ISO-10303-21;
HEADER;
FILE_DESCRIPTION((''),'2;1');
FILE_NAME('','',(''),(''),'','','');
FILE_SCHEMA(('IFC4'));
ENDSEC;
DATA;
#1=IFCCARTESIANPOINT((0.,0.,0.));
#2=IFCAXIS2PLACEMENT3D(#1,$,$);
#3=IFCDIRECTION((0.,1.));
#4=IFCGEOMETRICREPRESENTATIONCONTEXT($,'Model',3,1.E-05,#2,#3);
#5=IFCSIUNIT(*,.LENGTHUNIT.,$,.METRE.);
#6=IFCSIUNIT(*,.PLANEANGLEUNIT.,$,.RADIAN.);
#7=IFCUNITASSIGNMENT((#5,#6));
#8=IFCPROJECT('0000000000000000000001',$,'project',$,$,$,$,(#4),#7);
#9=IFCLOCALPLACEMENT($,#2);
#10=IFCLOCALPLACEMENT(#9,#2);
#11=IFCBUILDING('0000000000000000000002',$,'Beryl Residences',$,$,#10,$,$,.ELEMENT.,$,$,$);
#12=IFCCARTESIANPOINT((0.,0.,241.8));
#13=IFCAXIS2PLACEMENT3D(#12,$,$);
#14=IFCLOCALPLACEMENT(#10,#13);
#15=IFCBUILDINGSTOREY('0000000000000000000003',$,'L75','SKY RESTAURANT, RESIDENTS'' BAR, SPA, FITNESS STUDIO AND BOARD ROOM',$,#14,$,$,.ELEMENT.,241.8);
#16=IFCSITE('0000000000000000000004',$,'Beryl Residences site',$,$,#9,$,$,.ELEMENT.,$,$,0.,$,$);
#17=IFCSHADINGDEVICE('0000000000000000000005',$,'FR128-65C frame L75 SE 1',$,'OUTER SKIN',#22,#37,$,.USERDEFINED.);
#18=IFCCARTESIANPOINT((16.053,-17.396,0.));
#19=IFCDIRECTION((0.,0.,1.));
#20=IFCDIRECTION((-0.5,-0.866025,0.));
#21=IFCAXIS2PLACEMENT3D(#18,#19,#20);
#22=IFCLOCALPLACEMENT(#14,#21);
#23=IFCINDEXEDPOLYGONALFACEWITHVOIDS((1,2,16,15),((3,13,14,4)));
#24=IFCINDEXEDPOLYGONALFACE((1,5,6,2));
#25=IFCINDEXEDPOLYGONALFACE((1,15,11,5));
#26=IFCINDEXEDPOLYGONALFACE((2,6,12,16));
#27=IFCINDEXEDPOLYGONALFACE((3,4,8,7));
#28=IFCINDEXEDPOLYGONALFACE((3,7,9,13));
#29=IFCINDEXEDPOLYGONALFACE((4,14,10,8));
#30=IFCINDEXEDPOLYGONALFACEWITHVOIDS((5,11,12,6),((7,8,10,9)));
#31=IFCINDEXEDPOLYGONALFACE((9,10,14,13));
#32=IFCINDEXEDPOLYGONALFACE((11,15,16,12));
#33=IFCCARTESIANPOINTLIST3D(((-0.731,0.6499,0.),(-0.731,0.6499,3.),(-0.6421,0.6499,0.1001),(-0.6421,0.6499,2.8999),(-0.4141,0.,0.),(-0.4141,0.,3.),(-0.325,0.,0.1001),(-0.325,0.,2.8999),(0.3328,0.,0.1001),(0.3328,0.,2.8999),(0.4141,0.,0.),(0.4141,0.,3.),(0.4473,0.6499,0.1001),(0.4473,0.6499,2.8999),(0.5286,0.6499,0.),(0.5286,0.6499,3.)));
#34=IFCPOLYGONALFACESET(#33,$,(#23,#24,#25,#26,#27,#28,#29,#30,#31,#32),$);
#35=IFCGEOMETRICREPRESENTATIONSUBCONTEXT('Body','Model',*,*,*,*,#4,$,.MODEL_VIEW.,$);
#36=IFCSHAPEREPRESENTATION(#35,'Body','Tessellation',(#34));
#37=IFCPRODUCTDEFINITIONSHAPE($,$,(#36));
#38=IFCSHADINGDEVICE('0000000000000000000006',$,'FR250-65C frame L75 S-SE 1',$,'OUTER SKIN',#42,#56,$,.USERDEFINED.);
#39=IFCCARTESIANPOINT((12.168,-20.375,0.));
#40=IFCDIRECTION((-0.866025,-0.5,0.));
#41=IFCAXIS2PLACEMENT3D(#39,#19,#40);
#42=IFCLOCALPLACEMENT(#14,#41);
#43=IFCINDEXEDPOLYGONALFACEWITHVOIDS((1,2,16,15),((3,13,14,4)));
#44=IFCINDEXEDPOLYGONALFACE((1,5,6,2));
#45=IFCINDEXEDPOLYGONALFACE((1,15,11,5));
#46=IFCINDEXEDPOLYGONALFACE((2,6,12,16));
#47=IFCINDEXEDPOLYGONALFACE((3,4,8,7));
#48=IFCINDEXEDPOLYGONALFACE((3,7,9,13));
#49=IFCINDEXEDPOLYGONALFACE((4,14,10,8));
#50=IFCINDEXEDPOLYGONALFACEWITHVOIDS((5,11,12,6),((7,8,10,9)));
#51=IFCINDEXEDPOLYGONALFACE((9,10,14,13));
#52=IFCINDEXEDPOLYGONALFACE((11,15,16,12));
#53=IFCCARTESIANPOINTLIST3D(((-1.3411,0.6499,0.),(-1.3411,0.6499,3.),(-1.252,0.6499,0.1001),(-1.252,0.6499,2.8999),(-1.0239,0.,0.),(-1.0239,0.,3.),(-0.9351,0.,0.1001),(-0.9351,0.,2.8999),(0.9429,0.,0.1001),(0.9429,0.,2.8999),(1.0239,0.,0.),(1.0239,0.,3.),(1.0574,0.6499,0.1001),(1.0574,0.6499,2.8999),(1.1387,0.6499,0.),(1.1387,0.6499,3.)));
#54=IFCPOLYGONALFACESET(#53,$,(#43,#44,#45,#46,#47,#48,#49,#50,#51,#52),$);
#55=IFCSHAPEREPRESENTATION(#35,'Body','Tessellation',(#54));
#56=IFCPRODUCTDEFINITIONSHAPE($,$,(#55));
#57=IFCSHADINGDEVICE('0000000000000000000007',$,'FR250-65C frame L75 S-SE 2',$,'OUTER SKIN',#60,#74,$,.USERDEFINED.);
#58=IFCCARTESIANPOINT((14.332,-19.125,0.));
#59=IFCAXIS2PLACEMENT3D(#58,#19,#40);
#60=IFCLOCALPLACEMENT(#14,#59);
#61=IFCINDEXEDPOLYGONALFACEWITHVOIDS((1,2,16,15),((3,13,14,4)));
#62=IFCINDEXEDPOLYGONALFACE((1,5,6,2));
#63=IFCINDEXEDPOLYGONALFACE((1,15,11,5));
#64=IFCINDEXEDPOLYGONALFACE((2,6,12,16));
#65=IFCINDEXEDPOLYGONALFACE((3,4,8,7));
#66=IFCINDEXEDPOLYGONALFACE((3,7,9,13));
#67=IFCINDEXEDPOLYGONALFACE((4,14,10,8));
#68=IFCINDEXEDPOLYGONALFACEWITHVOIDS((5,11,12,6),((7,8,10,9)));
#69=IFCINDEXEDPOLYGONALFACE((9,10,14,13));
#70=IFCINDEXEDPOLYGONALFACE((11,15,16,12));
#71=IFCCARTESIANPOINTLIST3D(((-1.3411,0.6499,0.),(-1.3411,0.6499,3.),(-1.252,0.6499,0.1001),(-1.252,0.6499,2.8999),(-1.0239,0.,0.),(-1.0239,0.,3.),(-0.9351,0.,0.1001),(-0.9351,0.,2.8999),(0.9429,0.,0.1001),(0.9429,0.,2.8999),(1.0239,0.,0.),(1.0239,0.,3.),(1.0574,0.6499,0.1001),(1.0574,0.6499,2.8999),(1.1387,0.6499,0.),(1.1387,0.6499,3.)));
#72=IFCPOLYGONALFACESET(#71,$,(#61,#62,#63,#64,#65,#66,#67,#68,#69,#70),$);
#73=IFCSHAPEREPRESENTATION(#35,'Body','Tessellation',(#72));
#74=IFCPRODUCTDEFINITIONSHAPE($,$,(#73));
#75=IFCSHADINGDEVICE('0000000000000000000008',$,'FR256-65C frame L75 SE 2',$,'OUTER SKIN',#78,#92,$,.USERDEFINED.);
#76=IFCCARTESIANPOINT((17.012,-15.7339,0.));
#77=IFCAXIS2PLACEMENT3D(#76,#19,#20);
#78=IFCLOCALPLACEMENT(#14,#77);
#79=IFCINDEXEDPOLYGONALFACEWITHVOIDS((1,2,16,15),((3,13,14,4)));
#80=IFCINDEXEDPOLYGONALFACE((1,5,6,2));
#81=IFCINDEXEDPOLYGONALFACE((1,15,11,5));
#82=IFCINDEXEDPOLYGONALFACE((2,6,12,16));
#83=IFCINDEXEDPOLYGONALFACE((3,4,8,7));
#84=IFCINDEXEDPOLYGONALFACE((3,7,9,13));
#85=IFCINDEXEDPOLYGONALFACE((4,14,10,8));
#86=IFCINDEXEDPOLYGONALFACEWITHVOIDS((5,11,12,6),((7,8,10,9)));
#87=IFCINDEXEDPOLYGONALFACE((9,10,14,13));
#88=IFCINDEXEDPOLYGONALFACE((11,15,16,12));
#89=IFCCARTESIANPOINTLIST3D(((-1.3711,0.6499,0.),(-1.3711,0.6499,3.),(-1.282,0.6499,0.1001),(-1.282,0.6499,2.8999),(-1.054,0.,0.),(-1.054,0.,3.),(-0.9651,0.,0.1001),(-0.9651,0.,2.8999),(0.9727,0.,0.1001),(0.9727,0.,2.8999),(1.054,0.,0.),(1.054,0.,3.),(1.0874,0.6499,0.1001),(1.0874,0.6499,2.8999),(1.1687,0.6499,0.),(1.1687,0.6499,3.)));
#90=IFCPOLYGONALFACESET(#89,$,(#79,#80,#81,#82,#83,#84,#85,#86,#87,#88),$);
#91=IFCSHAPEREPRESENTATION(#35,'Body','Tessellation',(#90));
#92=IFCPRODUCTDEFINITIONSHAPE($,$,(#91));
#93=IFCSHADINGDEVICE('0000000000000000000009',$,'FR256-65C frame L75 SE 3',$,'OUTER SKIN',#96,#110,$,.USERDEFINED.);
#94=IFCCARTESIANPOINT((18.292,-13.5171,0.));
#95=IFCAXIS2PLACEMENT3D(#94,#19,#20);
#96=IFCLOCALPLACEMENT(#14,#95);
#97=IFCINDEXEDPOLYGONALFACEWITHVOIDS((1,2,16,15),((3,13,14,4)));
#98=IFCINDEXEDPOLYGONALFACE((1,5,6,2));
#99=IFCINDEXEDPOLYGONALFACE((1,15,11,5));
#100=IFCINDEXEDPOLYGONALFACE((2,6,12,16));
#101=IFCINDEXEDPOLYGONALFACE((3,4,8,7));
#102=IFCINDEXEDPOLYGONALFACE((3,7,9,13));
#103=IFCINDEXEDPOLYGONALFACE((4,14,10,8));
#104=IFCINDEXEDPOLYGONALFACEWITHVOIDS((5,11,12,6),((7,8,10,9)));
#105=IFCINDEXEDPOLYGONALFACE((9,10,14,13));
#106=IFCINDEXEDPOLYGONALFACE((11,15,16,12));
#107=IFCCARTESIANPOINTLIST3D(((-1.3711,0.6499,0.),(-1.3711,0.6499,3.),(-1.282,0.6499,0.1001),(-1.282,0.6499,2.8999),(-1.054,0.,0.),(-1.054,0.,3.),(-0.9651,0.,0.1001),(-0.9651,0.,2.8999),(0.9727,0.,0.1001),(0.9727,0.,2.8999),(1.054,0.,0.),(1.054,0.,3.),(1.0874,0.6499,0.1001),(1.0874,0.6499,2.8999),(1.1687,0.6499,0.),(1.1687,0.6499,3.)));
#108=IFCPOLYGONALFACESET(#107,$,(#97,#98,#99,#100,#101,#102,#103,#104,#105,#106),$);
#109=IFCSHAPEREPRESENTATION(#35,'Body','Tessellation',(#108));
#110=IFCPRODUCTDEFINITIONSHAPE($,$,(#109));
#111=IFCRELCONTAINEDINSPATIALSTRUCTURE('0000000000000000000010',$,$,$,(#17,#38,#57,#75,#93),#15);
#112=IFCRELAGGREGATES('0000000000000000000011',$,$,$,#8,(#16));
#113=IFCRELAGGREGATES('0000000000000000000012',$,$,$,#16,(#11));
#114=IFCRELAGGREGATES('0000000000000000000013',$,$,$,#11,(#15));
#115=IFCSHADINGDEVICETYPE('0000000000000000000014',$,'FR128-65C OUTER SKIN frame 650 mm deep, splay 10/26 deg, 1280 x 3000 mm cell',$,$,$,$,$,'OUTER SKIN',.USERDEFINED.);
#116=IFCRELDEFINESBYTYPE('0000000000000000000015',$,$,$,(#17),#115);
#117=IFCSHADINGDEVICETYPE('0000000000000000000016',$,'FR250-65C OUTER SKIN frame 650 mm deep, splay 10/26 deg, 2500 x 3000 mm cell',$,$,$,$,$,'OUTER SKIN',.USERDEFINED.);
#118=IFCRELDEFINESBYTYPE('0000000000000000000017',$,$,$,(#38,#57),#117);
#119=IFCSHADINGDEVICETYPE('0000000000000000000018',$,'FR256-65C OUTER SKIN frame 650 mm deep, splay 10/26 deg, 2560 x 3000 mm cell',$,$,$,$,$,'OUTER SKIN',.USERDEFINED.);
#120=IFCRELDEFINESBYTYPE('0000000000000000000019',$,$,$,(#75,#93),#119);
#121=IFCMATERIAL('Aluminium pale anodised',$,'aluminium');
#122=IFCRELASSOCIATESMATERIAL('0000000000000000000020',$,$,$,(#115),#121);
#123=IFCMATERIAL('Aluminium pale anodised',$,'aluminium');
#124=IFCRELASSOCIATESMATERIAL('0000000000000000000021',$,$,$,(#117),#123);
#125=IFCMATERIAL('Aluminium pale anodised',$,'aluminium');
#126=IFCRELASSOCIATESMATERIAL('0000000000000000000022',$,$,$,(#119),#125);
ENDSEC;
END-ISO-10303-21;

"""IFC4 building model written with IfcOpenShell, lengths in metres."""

from ifc_helpers import new_model, entity, si_unit, direction, frame, origin, place, context, subcontext, project, spatial, source, transform, mapped, material, type_object, type_shapes, element, save


model = new_model("IFC4")

# Units and contexts
model_context = context("Model", 3, precision=1e-05, world=origin(), true_north=direction((0.0, 1.0)))
body_context = subcontext(model_context, "Body", "Model", "MODEL_VIEW")
ifc_project = project(units=[si_unit("LENGTHUNIT", "METRE"), si_unit("PLANEANGLEUNIT", "RADIAN")], contexts=[model_context])

# Site, building, storey
site_placement = place(None, origin())
site = spatial("IfcSite", under=ifc_project, at=site_placement, Name="Beryl Residences site", CompositionType="ELEMENT", RefElevation=0.0)
building_placement = place(site_placement, origin())
building = spatial("IfcBuilding", under=site, at=building_placement, Name="Beryl Residences", CompositionType="ELEMENT")
storey_placement = place(building_placement, frame((0.0, 0.0, 241.8)))
storey = spatial("IfcBuildingStorey", under=building, at=storey_placement, Name="L75", Description="SKY RESTAURANT, RESIDENTS' BAR, SPA, FITNESS STUDIO AND BOARD ROOM", CompositionType="ELEMENT", Elevation=241.8)

# Shading devices
ifc_material_1 = material(Name="Aluminium pale anodised", Category="aluminium")
shading_device_type_1 = type_object("IfcShadingDeviceType", Name="FR128-65C OUTER SKIN frame 650 mm deep, splay 10/26 deg, 1280 x 3000 mm cell", ElementType="OUTER SKIN", PredefinedType="USERDEFINED", material=ifc_material_1)
cartesian_point_1 = entity("IfcCartesianPoint", [-0.4141, 0.0])
cartesian_point_2 = entity("IfcCartesianPoint", [-0.3328, 0.1001])
cartesian_point_3 = entity("IfcCartesianPoint", [-0.5286, 0.0])
cartesian_point_4 = entity("IfcCartesianPoint", [-0.4473, 0.1001])
shared_shape_1 = source(origin(), body_context, "Body", "SweptSolid", [
    entity("IfcExtrudedAreaSolidTapered", entity("IfcArbitraryProfileDefWithVoids", "AREA", None, entity("IfcPolyline", [cartesian_point_1, entity("IfcCartesianPoint", [0.4141, 0.0]), entity("IfcCartesianPoint", [0.4141, 3.0]), entity("IfcCartesianPoint", [-0.4141, 3.0]), cartesian_point_1]), [entity("IfcPolyline", [cartesian_point_2, entity("IfcCartesianPoint", [0.325, 0.1001]), entity("IfcCartesianPoint", [0.325, 2.8999]), entity("IfcCartesianPoint", [-0.3328, 2.8999]), cartesian_point_2])]), entity("IfcAxis2Placement3D", entity("IfcCartesianPoint", [0.0, 0.0, 0.0]), entity("IfcDirection", [0.0, 1.0, 0.0]), entity("IfcDirection", [-1.0, 0.0, 0.0])), entity("IfcDirection", [0.0, 0.0, 1.0]), 0.6499, entity("IfcArbitraryProfileDefWithVoids", "AREA", None, entity("IfcPolyline", [cartesian_point_3, entity("IfcCartesianPoint", [0.731, 0.0]), entity("IfcCartesianPoint", [0.731, 3.0]), entity("IfcCartesianPoint", [-0.5286, 3.0]), cartesian_point_3]), [entity("IfcPolyline", [cartesian_point_4, entity("IfcCartesianPoint", [0.6421, 0.1001]), entity("IfcCartesianPoint", [0.6421, 2.8999]), entity("IfcCartesianPoint", [-0.4473, 2.8999]), cartesian_point_4])])),
])
type_shapes(shading_device_type_1, [shared_shape_1])
shading_device_placement = place(storey_placement, frame((16.053, -17.396, 0.0), z_axis=(0.0, 0.0, 1.0), x_axis=(-0.5, -0.866025, 0.0)))
element("IfcShadingDevice", 1, at=shading_device_placement, inside=storey, type_object=shading_device_type_1, Name="FR128-65C frame L75 SE 1", ObjectType="OUTER SKIN", PredefinedType="USERDEFINED", context=body_context, shape_type="MappedRepresentation", body=[
    mapped(shared_shape_1, transform((0.0, 0.0, 0.0))),
])
ifc_material_2 = material(Name="Aluminium pale anodised", Category="aluminium")
shading_device_type_2 = type_object("IfcShadingDeviceType", Name="FR250-65C OUTER SKIN frame 650 mm deep, splay 10/26 deg, 2500 x 3000 mm cell", ElementType="OUTER SKIN", PredefinedType="USERDEFINED", material=ifc_material_2)
cartesian_point_5 = entity("IfcCartesianPoint", [-1.0239, 0.0])
cartesian_point_6 = entity("IfcCartesianPoint", [-0.9429, 0.1001])
cartesian_point_7 = entity("IfcCartesianPoint", [-1.1387, 0.0])
cartesian_point_8 = entity("IfcCartesianPoint", [-1.0574, 0.1001])
shared_shape_2 = source(origin(), body_context, "Body", "SweptSolid", [
    entity("IfcExtrudedAreaSolidTapered", entity("IfcArbitraryProfileDefWithVoids", "AREA", None, entity("IfcPolyline", [cartesian_point_5, entity("IfcCartesianPoint", [1.0239, 0.0]), entity("IfcCartesianPoint", [1.0239, 3.0]), entity("IfcCartesianPoint", [-1.0239, 3.0]), cartesian_point_5]), [entity("IfcPolyline", [cartesian_point_6, entity("IfcCartesianPoint", [0.9351, 0.1001]), entity("IfcCartesianPoint", [0.9351, 2.8999]), entity("IfcCartesianPoint", [-0.9429, 2.8999]), cartesian_point_6])]), entity("IfcAxis2Placement3D", entity("IfcCartesianPoint", [0.0, 0.0, 0.0]), entity("IfcDirection", [0.0, 1.0, 0.0]), entity("IfcDirection", [-1.0, 0.0, 0.0])), entity("IfcDirection", [0.0, 0.0, 1.0]), 0.6499, entity("IfcArbitraryProfileDefWithVoids", "AREA", None, entity("IfcPolyline", [cartesian_point_7, entity("IfcCartesianPoint", [1.3411, 0.0]), entity("IfcCartesianPoint", [1.3411, 3.0]), entity("IfcCartesianPoint", [-1.1387, 3.0]), cartesian_point_7]), [entity("IfcPolyline", [cartesian_point_8, entity("IfcCartesianPoint", [1.252, 0.1001]), entity("IfcCartesianPoint", [1.252, 2.8999]), entity("IfcCartesianPoint", [-1.0574, 2.8999]), cartesian_point_8])])),
])
type_shapes(shading_device_type_2, [shared_shape_2])
for number, where, z_axis, x_axis, name in (
    (2, (12.168, -20.375, 0.0), (0.0, 0.0, 1.0), (-0.866025, -0.5, 0.0), "FR250-65C frame L75 S-SE 1"),
    (3, (14.332, -19.125, 0.0), (0.0, 0.0, 1.0), (-0.866025, -0.5, 0.0), "FR250-65C frame L75 S-SE 2"),
):
    element("IfcShadingDevice", number, at=place(storey_placement, frame(where, z_axis=z_axis, x_axis=x_axis)), inside=storey, type_object=shading_device_type_2, Name=name, ObjectType="OUTER SKIN", PredefinedType="USERDEFINED", context=body_context, shape_type="MappedRepresentation", body=[
        mapped(shared_shape_2, transform((0.0, 0.0, 0.0))),
    ])
ifc_material_3 = material(Name="Aluminium pale anodised", Category="aluminium")
shading_device_type_3 = type_object("IfcShadingDeviceType", Name="FR256-65C OUTER SKIN frame 650 mm deep, splay 10/26 deg, 2560 x 3000 mm cell", ElementType="OUTER SKIN", PredefinedType="USERDEFINED", material=ifc_material_3)
cartesian_point_9 = entity("IfcCartesianPoint", [-1.054, 0.0])
cartesian_point_10 = entity("IfcCartesianPoint", [-0.9727, 0.1001])
cartesian_point_11 = entity("IfcCartesianPoint", [-1.1687, 0.0])
cartesian_point_12 = entity("IfcCartesianPoint", [-1.0874, 0.1001])
shared_shape_3 = source(origin(), body_context, "Body", "SweptSolid", [
    entity("IfcExtrudedAreaSolidTapered", entity("IfcArbitraryProfileDefWithVoids", "AREA", None, entity("IfcPolyline", [cartesian_point_9, entity("IfcCartesianPoint", [1.054, 0.0]), entity("IfcCartesianPoint", [1.054, 3.0]), entity("IfcCartesianPoint", [-1.054, 3.0]), cartesian_point_9]), [entity("IfcPolyline", [cartesian_point_10, entity("IfcCartesianPoint", [0.9651, 0.1001]), entity("IfcCartesianPoint", [0.9651, 2.8999]), entity("IfcCartesianPoint", [-0.9727, 2.8999]), cartesian_point_10])]), entity("IfcAxis2Placement3D", entity("IfcCartesianPoint", [0.0, 0.0, 0.0]), entity("IfcDirection", [0.0, 1.0, 0.0]), entity("IfcDirection", [-1.0, 0.0, 0.0])), entity("IfcDirection", [0.0, 0.0, 1.0]), 0.6499, entity("IfcArbitraryProfileDefWithVoids", "AREA", None, entity("IfcPolyline", [cartesian_point_11, entity("IfcCartesianPoint", [1.3711, 0.0]), entity("IfcCartesianPoint", [1.3711, 3.0]), entity("IfcCartesianPoint", [-1.1687, 3.0]), cartesian_point_11]), [entity("IfcPolyline", [cartesian_point_12, entity("IfcCartesianPoint", [1.282, 0.1001]), entity("IfcCartesianPoint", [1.282, 2.8999]), entity("IfcCartesianPoint", [-1.0874, 2.8999]), cartesian_point_12])])),
])
type_shapes(shading_device_type_3, [shared_shape_3])
for number, where, z_axis, x_axis, name in (
    (4, (17.012, -15.7339, 0.0), (0.0, 0.0, 1.0), (-0.5, -0.866025, 0.0), "FR256-65C frame L75 SE 2"),
    (5, (18.292, -13.5171, 0.0), (0.0, 0.0, 1.0), (-0.5, -0.866025, 0.0), "FR256-65C frame L75 SE 3"),
):
    element("IfcShadingDevice", number, at=place(storey_placement, frame(where, z_axis=z_axis, x_axis=x_axis)), inside=storey, type_object=shading_device_type_3, Name=name, ObjectType="OUTER SKIN", PredefinedType="USERDEFINED", context=body_context, shape_type="MappedRepresentation", body=[
        mapped(shared_shape_3, transform((0.0, 0.0, 0.0))),
    ])

save(model, "model.ifc")
